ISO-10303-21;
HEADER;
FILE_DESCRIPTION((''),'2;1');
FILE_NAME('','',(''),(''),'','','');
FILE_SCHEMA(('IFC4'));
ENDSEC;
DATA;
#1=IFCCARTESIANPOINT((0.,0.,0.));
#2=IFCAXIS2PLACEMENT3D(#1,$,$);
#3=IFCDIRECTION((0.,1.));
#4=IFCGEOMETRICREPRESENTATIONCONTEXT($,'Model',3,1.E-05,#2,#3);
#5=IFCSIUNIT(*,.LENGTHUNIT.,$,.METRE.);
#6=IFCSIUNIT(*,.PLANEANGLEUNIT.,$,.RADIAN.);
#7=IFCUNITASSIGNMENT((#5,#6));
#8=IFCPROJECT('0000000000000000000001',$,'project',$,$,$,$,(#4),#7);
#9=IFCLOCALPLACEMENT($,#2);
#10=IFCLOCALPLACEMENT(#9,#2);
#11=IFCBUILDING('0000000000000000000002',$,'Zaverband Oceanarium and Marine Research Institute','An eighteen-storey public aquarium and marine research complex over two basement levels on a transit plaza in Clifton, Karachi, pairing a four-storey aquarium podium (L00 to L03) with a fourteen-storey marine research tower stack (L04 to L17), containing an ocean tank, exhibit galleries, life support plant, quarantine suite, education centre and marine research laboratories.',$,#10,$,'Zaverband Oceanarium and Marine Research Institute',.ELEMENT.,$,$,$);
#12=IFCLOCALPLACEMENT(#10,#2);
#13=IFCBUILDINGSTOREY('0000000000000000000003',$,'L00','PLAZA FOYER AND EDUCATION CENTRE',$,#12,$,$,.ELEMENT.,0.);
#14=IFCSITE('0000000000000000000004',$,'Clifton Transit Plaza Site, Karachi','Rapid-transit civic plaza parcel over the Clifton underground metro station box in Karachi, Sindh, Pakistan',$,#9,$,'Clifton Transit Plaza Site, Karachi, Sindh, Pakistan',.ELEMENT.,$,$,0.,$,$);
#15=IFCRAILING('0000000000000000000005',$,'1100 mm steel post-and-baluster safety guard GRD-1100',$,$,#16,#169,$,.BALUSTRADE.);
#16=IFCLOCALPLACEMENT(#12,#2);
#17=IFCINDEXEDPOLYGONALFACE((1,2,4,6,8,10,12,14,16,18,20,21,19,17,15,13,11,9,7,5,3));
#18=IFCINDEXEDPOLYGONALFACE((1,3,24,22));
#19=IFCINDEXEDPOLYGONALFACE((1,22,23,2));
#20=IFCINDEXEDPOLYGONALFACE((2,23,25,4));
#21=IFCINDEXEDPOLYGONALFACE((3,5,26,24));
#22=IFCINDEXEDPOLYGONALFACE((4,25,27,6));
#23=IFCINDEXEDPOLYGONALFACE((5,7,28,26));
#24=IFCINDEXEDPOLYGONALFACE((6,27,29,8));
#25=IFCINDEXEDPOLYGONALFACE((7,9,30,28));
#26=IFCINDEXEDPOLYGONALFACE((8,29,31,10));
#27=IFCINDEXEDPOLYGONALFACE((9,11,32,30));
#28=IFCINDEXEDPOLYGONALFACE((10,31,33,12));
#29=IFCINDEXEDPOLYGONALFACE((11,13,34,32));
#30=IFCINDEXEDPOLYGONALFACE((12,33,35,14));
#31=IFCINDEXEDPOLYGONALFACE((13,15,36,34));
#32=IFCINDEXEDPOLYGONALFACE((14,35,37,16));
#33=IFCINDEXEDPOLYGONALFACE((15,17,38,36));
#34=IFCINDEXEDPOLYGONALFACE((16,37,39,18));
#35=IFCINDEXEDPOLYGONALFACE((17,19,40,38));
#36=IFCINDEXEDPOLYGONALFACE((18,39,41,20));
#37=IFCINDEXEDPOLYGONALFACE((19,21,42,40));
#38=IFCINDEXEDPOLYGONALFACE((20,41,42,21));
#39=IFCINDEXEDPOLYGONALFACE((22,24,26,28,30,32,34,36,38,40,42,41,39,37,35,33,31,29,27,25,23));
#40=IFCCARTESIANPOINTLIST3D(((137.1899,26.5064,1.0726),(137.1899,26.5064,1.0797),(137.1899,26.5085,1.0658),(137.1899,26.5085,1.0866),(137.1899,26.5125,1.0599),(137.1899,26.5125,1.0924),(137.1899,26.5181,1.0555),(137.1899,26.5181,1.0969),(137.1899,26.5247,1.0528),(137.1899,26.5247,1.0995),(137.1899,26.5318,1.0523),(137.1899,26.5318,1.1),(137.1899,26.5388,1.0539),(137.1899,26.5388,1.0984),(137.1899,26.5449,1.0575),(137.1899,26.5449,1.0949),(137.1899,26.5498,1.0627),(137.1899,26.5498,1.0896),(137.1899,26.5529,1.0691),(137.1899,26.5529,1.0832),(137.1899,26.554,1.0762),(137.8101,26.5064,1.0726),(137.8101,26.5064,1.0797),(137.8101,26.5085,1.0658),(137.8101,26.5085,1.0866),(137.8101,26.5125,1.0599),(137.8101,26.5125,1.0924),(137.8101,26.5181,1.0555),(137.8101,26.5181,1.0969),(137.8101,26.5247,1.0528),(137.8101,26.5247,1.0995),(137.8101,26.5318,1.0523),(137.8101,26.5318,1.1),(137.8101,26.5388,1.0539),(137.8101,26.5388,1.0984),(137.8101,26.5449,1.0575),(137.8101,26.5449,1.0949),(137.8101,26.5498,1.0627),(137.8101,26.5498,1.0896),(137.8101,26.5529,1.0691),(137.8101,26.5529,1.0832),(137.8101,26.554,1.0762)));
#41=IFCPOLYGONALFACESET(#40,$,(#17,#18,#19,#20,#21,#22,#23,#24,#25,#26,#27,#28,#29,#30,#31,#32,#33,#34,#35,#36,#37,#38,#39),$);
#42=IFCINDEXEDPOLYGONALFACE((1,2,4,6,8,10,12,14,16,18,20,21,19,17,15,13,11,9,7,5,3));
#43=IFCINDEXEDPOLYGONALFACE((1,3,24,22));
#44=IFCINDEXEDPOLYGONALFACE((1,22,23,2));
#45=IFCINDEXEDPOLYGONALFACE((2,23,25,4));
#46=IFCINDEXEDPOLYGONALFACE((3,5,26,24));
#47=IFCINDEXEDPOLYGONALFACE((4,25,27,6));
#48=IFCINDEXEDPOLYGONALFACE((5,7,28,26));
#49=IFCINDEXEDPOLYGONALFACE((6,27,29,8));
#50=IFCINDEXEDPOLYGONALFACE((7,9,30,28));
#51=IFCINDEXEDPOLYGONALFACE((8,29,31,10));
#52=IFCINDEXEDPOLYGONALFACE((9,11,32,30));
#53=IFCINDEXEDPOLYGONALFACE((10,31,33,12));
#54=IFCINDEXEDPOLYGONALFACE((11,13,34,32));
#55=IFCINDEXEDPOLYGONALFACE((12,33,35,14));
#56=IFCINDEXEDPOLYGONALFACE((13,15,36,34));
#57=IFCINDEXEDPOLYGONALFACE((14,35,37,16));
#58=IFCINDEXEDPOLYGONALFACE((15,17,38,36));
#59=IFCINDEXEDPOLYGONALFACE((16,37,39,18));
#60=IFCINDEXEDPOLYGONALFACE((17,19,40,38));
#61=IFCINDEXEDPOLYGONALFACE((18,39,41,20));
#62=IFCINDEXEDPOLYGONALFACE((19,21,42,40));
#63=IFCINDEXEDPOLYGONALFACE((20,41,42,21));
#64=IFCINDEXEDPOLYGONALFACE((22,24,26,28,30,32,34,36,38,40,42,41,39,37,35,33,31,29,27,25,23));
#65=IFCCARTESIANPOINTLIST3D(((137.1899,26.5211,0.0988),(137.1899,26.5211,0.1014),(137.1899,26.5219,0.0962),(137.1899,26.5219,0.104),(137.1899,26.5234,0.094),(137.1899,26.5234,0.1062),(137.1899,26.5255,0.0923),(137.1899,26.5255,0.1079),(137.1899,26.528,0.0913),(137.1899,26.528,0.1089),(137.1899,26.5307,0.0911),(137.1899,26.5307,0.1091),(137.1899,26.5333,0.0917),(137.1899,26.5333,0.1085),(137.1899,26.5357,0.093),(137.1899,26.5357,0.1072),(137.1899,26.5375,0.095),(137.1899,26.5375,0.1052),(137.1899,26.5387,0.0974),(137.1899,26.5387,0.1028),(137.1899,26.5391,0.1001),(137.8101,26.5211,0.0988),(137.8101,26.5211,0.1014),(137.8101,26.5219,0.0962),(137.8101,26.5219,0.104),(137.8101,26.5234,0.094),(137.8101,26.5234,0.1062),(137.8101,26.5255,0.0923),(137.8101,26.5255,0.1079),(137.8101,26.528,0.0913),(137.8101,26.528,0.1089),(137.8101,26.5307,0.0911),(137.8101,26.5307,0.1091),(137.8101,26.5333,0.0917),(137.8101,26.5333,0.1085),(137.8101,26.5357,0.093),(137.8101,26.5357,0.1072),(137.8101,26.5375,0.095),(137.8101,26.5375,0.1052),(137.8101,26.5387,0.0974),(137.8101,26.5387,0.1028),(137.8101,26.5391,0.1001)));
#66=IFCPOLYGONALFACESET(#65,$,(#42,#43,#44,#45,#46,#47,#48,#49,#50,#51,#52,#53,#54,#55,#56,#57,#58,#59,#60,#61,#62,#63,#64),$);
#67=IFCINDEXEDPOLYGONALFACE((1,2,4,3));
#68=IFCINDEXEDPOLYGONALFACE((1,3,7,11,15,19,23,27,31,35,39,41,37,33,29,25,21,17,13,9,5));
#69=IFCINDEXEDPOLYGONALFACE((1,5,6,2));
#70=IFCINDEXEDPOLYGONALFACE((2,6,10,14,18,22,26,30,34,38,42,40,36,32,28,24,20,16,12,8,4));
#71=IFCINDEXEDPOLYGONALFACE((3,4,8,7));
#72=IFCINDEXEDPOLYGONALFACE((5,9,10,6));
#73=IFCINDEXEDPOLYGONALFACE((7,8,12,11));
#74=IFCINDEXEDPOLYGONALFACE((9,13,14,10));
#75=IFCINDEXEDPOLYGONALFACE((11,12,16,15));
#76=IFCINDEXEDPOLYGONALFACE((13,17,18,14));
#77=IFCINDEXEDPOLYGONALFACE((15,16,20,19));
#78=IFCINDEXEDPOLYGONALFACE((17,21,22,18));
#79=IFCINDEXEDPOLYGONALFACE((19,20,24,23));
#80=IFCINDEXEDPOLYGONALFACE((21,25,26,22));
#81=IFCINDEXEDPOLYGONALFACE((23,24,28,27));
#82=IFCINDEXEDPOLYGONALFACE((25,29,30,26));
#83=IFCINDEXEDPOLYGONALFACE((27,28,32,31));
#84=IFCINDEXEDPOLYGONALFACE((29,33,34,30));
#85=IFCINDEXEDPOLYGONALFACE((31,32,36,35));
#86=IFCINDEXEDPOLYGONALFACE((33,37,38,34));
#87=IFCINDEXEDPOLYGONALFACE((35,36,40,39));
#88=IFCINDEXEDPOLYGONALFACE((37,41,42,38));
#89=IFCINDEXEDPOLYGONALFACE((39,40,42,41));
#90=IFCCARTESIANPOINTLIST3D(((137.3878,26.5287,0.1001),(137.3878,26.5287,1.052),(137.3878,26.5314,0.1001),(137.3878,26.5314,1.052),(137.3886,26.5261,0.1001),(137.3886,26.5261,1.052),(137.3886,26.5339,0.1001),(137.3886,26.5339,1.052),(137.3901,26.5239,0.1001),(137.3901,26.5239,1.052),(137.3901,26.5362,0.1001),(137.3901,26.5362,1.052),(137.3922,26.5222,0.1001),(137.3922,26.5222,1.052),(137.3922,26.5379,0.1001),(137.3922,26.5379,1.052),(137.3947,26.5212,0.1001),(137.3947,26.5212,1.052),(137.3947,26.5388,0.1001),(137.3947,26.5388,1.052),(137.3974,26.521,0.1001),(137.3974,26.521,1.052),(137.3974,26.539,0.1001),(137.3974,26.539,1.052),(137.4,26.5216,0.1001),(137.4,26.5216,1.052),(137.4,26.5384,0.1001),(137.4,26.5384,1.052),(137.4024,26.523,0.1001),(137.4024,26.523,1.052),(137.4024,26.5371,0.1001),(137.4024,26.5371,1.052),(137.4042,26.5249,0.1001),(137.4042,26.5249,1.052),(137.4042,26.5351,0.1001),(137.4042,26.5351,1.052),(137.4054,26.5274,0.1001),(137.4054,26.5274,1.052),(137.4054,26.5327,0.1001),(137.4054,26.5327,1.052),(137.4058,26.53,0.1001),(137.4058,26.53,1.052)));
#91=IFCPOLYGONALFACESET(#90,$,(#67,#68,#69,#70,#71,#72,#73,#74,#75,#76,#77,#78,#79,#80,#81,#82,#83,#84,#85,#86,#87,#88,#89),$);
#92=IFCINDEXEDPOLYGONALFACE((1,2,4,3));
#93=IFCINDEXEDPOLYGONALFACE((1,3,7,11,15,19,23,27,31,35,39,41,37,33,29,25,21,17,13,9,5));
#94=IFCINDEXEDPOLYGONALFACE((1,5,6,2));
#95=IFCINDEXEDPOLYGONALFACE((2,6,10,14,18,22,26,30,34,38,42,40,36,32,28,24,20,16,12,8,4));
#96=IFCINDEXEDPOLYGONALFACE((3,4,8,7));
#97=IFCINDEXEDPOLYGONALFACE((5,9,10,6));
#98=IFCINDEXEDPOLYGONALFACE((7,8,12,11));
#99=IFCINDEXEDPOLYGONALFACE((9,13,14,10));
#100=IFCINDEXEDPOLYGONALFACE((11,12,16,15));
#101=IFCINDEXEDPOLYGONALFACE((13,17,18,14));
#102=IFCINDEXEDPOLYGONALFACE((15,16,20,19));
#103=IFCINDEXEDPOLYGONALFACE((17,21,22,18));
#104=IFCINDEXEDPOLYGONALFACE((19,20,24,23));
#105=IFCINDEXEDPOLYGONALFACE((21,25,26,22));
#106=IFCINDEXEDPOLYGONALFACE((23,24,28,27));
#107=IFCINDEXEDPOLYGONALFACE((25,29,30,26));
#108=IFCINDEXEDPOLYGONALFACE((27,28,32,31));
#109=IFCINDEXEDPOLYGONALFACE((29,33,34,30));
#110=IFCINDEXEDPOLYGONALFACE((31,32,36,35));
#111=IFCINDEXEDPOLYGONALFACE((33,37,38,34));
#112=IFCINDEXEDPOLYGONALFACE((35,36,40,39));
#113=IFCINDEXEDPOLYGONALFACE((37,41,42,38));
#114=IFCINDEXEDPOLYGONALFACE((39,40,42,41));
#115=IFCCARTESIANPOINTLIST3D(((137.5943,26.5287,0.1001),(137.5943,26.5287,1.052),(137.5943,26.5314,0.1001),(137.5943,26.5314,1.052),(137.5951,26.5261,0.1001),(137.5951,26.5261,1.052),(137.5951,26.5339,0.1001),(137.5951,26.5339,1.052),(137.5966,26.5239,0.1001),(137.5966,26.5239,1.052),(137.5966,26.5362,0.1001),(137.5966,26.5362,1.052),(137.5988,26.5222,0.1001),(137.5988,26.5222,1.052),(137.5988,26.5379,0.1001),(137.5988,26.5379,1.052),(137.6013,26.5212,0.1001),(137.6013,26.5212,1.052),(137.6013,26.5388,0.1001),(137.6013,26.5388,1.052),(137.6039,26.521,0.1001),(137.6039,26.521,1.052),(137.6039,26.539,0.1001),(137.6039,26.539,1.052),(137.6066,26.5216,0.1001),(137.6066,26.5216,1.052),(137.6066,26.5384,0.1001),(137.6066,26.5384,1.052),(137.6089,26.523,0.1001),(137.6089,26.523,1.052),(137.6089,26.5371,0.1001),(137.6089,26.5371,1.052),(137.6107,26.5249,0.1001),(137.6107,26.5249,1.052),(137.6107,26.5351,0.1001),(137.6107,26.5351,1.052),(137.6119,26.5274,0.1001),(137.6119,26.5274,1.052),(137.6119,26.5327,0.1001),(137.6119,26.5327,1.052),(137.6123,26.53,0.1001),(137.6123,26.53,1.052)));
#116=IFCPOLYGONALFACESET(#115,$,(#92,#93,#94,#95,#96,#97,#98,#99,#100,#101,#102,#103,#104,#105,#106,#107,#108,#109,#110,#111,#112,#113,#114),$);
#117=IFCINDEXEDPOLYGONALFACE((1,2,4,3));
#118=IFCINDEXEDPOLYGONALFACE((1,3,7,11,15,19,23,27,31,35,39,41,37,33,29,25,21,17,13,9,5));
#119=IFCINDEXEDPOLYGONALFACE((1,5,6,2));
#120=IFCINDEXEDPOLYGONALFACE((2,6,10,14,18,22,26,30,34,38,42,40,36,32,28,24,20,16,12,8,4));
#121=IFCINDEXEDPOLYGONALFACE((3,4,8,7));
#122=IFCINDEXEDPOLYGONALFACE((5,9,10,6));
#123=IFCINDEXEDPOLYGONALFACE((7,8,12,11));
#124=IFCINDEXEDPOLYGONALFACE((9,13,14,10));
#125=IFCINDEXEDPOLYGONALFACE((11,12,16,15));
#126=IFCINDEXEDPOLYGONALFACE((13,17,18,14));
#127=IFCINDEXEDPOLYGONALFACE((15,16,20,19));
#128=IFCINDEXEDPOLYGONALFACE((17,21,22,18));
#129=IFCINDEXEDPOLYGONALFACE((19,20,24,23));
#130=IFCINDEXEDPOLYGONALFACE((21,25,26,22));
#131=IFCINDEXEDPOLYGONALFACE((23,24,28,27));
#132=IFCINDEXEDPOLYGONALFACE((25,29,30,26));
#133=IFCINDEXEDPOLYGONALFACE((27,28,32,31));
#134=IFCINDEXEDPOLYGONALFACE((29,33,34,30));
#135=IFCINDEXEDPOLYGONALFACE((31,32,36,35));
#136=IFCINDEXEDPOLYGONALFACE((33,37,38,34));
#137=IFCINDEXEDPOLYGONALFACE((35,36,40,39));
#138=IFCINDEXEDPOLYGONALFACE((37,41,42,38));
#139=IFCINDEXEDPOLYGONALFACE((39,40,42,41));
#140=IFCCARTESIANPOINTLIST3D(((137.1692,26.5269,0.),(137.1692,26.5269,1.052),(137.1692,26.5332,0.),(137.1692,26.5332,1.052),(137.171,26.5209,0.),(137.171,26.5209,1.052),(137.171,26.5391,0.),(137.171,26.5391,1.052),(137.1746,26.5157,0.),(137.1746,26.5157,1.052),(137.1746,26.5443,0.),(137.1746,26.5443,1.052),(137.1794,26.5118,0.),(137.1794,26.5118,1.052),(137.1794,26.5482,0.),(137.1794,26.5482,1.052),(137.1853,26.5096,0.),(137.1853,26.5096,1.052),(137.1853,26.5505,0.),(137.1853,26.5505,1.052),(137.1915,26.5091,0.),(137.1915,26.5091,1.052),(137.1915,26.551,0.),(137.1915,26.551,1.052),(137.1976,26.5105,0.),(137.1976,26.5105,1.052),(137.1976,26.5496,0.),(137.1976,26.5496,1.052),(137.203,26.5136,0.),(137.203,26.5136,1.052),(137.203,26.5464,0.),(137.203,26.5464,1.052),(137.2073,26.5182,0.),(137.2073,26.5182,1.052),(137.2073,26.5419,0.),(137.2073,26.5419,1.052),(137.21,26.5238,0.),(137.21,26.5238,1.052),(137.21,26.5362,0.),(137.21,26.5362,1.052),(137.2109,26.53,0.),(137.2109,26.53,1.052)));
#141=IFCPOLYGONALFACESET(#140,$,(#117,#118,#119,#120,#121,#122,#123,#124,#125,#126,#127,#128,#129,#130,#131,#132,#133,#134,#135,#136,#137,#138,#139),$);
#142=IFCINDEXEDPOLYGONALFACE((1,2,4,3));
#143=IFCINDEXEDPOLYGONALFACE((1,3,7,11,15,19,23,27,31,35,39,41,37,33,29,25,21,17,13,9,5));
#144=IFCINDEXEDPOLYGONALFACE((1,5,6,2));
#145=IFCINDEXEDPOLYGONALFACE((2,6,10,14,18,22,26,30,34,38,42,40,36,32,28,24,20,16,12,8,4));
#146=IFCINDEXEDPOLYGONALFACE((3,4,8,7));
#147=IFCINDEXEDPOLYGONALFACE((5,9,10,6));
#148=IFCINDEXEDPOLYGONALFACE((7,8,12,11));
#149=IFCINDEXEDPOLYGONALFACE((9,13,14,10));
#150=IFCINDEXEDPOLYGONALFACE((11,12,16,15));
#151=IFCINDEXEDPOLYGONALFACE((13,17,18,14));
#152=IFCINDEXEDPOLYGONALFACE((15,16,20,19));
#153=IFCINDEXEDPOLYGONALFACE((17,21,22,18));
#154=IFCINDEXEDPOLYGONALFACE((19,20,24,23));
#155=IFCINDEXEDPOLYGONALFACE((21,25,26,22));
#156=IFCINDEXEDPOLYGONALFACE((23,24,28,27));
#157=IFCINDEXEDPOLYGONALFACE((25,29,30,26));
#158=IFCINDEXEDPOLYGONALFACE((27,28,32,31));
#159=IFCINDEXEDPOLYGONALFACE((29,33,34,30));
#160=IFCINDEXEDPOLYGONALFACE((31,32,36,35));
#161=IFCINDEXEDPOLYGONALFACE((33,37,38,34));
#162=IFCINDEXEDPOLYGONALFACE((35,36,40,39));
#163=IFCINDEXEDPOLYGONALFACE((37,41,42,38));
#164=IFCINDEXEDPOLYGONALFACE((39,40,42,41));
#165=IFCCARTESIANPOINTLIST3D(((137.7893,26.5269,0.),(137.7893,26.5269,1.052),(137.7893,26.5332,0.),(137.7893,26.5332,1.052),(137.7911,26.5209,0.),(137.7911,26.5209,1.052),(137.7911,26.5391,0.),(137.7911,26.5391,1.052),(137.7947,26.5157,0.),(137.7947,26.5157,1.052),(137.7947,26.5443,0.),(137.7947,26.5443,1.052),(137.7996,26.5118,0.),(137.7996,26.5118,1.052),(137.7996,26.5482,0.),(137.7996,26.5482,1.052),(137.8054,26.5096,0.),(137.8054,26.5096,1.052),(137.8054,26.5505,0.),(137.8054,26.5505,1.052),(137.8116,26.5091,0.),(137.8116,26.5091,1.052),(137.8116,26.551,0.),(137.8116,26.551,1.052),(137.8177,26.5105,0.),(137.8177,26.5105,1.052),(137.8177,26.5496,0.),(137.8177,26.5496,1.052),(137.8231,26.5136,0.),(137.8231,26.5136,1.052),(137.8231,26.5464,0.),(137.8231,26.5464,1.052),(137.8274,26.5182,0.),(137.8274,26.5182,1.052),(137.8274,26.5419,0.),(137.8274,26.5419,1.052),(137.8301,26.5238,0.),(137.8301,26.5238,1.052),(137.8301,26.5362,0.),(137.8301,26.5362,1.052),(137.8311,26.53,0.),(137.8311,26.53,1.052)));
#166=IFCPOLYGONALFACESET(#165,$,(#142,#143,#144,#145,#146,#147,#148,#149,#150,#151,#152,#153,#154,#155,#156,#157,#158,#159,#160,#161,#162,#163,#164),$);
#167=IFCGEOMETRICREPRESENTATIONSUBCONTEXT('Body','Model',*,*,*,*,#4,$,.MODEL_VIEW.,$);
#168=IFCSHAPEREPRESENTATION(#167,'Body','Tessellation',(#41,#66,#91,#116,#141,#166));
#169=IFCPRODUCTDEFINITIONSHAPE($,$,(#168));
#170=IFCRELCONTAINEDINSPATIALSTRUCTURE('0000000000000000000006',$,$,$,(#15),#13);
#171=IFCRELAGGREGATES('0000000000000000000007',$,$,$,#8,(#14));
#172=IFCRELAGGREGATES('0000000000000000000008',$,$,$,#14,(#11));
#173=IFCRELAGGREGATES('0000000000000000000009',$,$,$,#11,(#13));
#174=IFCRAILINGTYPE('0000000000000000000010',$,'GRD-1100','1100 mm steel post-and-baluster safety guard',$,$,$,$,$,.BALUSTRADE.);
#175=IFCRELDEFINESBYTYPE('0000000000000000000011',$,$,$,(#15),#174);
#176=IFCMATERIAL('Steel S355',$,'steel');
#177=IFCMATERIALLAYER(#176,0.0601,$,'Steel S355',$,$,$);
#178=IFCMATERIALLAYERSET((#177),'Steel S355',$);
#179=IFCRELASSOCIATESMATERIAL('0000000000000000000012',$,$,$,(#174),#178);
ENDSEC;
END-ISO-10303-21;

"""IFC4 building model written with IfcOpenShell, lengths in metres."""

from ifc_helpers import new_model, si_unit, direction, frame, origin, origin_2d, place, context, subcontext, project, spatial, circle, extrude, material, layer, layer_set, type_object, element, save


model = new_model("IFC4")

# Units and contexts
model_context = context("Model", 3, precision=1e-05, world=origin(), true_north=direction((0.0, 1.0)))
body_context = subcontext(model_context, "Body", "Model", "MODEL_VIEW")
ifc_project = project(units=[si_unit("LENGTHUNIT", "METRE"), si_unit("PLANEANGLEUNIT", "RADIAN")], contexts=[model_context])

# Site, building, storey
site_placement = place(None, origin())
site = spatial("IfcSite", under=ifc_project, at=site_placement, Name="Clifton Transit Plaza Site, Karachi", Description="Rapid-transit civic plaza parcel over the Clifton underground metro station box in Karachi, Sindh, Pakistan", LongName="Clifton Transit Plaza Site, Karachi, Sindh, Pakistan", CompositionType="ELEMENT", RefElevation=0.0)
building_placement = place(site_placement, origin())
building = spatial("IfcBuilding", under=site, at=building_placement, Name="Zaverband Oceanarium and Marine Research Institute", Description="An eighteen-storey public aquarium and marine research complex over two basement levels on a transit plaza in Clifton, Karachi, pairing a four-storey aquarium podium (L00 to L03) with a fourteen-storey marine research tower stack (L04 to L17), containing an ocean tank, exhibit galleries, life support plant, quarantine suite, education centre and marine research laboratories.", LongName="Zaverband Oceanarium and Marine Research Institute", CompositionType="ELEMENT")
storey_placement = place(building_placement, origin())
storey = spatial("IfcBuildingStorey", under=building, at=storey_placement, Name="L00", Description="PLAZA FOYER AND EDUCATION CENTRE", CompositionType="ELEMENT", Elevation=0.0)

# Shared definitions
ifc_material_1 = material(Name="Steel S355", Category="steel")

# Railing
ifc_layer_1 = layer(ifc_material_1, 0.0601, Name="Steel S355")
ifc_layer_set_1 = layer_set([ifc_layer_1], Name="Steel S355")
railing_type_1 = type_object("IfcRailingType", Name="GRD-1100", Description="1100 mm steel post-and-baluster safety guard", PredefinedType="BALUSTRADE", material=ifc_layer_set_1)
for number, where, name in (
    (1, (137.1899, 26.53, 0.0), "1100 mm steel post-and-baluster safety guard GRD-1100"),
):
    element("IfcRailing", number, at=place(storey_placement, frame(where)), inside=storey, type_object=railing_type_1, Name=name, PredefinedType="BALUSTRADE", context=body_context, shape_type="SweptSolid", body=[
        extrude(circle(Radius=0.0239, at=origin_2d()), frame((0.0, 0.0, 1.0762), z_axis=(1.0, 0.0, 0.0), x_axis=(0.0, 1.0, 0.0)), (0.0, 0.0, 1.0), 0.6201),
        extrude(circle(Radius=0.009, at=origin_2d()), frame((0.0, 0.0, 0.1001), z_axis=(1.0, 0.0, 0.0), x_axis=(0.0, 1.0, 0.0)), (0.0, 0.0, 1.0), 0.6201),
        extrude(circle(Radius=0.009, at=origin_2d()), frame((0.2068, 0.0, 0.1001)), (0.0, 0.0, 1.0), 0.9519),
        extrude(circle(Radius=0.009, at=origin_2d()), frame((0.4133, 0.0, 0.1001)), (0.0, 0.0, 1.0), 0.9519),
        extrude(circle(Radius=0.021, at=origin_2d()), origin(), (0.0, 0.0, 1.0), 1.052),
        extrude(circle(Radius=0.021, at=origin_2d()), frame((0.6201, 0.0, 0.0)), (0.0, 0.0, 1.0), 1.052),
    ])

save(model, "model.ifc")
